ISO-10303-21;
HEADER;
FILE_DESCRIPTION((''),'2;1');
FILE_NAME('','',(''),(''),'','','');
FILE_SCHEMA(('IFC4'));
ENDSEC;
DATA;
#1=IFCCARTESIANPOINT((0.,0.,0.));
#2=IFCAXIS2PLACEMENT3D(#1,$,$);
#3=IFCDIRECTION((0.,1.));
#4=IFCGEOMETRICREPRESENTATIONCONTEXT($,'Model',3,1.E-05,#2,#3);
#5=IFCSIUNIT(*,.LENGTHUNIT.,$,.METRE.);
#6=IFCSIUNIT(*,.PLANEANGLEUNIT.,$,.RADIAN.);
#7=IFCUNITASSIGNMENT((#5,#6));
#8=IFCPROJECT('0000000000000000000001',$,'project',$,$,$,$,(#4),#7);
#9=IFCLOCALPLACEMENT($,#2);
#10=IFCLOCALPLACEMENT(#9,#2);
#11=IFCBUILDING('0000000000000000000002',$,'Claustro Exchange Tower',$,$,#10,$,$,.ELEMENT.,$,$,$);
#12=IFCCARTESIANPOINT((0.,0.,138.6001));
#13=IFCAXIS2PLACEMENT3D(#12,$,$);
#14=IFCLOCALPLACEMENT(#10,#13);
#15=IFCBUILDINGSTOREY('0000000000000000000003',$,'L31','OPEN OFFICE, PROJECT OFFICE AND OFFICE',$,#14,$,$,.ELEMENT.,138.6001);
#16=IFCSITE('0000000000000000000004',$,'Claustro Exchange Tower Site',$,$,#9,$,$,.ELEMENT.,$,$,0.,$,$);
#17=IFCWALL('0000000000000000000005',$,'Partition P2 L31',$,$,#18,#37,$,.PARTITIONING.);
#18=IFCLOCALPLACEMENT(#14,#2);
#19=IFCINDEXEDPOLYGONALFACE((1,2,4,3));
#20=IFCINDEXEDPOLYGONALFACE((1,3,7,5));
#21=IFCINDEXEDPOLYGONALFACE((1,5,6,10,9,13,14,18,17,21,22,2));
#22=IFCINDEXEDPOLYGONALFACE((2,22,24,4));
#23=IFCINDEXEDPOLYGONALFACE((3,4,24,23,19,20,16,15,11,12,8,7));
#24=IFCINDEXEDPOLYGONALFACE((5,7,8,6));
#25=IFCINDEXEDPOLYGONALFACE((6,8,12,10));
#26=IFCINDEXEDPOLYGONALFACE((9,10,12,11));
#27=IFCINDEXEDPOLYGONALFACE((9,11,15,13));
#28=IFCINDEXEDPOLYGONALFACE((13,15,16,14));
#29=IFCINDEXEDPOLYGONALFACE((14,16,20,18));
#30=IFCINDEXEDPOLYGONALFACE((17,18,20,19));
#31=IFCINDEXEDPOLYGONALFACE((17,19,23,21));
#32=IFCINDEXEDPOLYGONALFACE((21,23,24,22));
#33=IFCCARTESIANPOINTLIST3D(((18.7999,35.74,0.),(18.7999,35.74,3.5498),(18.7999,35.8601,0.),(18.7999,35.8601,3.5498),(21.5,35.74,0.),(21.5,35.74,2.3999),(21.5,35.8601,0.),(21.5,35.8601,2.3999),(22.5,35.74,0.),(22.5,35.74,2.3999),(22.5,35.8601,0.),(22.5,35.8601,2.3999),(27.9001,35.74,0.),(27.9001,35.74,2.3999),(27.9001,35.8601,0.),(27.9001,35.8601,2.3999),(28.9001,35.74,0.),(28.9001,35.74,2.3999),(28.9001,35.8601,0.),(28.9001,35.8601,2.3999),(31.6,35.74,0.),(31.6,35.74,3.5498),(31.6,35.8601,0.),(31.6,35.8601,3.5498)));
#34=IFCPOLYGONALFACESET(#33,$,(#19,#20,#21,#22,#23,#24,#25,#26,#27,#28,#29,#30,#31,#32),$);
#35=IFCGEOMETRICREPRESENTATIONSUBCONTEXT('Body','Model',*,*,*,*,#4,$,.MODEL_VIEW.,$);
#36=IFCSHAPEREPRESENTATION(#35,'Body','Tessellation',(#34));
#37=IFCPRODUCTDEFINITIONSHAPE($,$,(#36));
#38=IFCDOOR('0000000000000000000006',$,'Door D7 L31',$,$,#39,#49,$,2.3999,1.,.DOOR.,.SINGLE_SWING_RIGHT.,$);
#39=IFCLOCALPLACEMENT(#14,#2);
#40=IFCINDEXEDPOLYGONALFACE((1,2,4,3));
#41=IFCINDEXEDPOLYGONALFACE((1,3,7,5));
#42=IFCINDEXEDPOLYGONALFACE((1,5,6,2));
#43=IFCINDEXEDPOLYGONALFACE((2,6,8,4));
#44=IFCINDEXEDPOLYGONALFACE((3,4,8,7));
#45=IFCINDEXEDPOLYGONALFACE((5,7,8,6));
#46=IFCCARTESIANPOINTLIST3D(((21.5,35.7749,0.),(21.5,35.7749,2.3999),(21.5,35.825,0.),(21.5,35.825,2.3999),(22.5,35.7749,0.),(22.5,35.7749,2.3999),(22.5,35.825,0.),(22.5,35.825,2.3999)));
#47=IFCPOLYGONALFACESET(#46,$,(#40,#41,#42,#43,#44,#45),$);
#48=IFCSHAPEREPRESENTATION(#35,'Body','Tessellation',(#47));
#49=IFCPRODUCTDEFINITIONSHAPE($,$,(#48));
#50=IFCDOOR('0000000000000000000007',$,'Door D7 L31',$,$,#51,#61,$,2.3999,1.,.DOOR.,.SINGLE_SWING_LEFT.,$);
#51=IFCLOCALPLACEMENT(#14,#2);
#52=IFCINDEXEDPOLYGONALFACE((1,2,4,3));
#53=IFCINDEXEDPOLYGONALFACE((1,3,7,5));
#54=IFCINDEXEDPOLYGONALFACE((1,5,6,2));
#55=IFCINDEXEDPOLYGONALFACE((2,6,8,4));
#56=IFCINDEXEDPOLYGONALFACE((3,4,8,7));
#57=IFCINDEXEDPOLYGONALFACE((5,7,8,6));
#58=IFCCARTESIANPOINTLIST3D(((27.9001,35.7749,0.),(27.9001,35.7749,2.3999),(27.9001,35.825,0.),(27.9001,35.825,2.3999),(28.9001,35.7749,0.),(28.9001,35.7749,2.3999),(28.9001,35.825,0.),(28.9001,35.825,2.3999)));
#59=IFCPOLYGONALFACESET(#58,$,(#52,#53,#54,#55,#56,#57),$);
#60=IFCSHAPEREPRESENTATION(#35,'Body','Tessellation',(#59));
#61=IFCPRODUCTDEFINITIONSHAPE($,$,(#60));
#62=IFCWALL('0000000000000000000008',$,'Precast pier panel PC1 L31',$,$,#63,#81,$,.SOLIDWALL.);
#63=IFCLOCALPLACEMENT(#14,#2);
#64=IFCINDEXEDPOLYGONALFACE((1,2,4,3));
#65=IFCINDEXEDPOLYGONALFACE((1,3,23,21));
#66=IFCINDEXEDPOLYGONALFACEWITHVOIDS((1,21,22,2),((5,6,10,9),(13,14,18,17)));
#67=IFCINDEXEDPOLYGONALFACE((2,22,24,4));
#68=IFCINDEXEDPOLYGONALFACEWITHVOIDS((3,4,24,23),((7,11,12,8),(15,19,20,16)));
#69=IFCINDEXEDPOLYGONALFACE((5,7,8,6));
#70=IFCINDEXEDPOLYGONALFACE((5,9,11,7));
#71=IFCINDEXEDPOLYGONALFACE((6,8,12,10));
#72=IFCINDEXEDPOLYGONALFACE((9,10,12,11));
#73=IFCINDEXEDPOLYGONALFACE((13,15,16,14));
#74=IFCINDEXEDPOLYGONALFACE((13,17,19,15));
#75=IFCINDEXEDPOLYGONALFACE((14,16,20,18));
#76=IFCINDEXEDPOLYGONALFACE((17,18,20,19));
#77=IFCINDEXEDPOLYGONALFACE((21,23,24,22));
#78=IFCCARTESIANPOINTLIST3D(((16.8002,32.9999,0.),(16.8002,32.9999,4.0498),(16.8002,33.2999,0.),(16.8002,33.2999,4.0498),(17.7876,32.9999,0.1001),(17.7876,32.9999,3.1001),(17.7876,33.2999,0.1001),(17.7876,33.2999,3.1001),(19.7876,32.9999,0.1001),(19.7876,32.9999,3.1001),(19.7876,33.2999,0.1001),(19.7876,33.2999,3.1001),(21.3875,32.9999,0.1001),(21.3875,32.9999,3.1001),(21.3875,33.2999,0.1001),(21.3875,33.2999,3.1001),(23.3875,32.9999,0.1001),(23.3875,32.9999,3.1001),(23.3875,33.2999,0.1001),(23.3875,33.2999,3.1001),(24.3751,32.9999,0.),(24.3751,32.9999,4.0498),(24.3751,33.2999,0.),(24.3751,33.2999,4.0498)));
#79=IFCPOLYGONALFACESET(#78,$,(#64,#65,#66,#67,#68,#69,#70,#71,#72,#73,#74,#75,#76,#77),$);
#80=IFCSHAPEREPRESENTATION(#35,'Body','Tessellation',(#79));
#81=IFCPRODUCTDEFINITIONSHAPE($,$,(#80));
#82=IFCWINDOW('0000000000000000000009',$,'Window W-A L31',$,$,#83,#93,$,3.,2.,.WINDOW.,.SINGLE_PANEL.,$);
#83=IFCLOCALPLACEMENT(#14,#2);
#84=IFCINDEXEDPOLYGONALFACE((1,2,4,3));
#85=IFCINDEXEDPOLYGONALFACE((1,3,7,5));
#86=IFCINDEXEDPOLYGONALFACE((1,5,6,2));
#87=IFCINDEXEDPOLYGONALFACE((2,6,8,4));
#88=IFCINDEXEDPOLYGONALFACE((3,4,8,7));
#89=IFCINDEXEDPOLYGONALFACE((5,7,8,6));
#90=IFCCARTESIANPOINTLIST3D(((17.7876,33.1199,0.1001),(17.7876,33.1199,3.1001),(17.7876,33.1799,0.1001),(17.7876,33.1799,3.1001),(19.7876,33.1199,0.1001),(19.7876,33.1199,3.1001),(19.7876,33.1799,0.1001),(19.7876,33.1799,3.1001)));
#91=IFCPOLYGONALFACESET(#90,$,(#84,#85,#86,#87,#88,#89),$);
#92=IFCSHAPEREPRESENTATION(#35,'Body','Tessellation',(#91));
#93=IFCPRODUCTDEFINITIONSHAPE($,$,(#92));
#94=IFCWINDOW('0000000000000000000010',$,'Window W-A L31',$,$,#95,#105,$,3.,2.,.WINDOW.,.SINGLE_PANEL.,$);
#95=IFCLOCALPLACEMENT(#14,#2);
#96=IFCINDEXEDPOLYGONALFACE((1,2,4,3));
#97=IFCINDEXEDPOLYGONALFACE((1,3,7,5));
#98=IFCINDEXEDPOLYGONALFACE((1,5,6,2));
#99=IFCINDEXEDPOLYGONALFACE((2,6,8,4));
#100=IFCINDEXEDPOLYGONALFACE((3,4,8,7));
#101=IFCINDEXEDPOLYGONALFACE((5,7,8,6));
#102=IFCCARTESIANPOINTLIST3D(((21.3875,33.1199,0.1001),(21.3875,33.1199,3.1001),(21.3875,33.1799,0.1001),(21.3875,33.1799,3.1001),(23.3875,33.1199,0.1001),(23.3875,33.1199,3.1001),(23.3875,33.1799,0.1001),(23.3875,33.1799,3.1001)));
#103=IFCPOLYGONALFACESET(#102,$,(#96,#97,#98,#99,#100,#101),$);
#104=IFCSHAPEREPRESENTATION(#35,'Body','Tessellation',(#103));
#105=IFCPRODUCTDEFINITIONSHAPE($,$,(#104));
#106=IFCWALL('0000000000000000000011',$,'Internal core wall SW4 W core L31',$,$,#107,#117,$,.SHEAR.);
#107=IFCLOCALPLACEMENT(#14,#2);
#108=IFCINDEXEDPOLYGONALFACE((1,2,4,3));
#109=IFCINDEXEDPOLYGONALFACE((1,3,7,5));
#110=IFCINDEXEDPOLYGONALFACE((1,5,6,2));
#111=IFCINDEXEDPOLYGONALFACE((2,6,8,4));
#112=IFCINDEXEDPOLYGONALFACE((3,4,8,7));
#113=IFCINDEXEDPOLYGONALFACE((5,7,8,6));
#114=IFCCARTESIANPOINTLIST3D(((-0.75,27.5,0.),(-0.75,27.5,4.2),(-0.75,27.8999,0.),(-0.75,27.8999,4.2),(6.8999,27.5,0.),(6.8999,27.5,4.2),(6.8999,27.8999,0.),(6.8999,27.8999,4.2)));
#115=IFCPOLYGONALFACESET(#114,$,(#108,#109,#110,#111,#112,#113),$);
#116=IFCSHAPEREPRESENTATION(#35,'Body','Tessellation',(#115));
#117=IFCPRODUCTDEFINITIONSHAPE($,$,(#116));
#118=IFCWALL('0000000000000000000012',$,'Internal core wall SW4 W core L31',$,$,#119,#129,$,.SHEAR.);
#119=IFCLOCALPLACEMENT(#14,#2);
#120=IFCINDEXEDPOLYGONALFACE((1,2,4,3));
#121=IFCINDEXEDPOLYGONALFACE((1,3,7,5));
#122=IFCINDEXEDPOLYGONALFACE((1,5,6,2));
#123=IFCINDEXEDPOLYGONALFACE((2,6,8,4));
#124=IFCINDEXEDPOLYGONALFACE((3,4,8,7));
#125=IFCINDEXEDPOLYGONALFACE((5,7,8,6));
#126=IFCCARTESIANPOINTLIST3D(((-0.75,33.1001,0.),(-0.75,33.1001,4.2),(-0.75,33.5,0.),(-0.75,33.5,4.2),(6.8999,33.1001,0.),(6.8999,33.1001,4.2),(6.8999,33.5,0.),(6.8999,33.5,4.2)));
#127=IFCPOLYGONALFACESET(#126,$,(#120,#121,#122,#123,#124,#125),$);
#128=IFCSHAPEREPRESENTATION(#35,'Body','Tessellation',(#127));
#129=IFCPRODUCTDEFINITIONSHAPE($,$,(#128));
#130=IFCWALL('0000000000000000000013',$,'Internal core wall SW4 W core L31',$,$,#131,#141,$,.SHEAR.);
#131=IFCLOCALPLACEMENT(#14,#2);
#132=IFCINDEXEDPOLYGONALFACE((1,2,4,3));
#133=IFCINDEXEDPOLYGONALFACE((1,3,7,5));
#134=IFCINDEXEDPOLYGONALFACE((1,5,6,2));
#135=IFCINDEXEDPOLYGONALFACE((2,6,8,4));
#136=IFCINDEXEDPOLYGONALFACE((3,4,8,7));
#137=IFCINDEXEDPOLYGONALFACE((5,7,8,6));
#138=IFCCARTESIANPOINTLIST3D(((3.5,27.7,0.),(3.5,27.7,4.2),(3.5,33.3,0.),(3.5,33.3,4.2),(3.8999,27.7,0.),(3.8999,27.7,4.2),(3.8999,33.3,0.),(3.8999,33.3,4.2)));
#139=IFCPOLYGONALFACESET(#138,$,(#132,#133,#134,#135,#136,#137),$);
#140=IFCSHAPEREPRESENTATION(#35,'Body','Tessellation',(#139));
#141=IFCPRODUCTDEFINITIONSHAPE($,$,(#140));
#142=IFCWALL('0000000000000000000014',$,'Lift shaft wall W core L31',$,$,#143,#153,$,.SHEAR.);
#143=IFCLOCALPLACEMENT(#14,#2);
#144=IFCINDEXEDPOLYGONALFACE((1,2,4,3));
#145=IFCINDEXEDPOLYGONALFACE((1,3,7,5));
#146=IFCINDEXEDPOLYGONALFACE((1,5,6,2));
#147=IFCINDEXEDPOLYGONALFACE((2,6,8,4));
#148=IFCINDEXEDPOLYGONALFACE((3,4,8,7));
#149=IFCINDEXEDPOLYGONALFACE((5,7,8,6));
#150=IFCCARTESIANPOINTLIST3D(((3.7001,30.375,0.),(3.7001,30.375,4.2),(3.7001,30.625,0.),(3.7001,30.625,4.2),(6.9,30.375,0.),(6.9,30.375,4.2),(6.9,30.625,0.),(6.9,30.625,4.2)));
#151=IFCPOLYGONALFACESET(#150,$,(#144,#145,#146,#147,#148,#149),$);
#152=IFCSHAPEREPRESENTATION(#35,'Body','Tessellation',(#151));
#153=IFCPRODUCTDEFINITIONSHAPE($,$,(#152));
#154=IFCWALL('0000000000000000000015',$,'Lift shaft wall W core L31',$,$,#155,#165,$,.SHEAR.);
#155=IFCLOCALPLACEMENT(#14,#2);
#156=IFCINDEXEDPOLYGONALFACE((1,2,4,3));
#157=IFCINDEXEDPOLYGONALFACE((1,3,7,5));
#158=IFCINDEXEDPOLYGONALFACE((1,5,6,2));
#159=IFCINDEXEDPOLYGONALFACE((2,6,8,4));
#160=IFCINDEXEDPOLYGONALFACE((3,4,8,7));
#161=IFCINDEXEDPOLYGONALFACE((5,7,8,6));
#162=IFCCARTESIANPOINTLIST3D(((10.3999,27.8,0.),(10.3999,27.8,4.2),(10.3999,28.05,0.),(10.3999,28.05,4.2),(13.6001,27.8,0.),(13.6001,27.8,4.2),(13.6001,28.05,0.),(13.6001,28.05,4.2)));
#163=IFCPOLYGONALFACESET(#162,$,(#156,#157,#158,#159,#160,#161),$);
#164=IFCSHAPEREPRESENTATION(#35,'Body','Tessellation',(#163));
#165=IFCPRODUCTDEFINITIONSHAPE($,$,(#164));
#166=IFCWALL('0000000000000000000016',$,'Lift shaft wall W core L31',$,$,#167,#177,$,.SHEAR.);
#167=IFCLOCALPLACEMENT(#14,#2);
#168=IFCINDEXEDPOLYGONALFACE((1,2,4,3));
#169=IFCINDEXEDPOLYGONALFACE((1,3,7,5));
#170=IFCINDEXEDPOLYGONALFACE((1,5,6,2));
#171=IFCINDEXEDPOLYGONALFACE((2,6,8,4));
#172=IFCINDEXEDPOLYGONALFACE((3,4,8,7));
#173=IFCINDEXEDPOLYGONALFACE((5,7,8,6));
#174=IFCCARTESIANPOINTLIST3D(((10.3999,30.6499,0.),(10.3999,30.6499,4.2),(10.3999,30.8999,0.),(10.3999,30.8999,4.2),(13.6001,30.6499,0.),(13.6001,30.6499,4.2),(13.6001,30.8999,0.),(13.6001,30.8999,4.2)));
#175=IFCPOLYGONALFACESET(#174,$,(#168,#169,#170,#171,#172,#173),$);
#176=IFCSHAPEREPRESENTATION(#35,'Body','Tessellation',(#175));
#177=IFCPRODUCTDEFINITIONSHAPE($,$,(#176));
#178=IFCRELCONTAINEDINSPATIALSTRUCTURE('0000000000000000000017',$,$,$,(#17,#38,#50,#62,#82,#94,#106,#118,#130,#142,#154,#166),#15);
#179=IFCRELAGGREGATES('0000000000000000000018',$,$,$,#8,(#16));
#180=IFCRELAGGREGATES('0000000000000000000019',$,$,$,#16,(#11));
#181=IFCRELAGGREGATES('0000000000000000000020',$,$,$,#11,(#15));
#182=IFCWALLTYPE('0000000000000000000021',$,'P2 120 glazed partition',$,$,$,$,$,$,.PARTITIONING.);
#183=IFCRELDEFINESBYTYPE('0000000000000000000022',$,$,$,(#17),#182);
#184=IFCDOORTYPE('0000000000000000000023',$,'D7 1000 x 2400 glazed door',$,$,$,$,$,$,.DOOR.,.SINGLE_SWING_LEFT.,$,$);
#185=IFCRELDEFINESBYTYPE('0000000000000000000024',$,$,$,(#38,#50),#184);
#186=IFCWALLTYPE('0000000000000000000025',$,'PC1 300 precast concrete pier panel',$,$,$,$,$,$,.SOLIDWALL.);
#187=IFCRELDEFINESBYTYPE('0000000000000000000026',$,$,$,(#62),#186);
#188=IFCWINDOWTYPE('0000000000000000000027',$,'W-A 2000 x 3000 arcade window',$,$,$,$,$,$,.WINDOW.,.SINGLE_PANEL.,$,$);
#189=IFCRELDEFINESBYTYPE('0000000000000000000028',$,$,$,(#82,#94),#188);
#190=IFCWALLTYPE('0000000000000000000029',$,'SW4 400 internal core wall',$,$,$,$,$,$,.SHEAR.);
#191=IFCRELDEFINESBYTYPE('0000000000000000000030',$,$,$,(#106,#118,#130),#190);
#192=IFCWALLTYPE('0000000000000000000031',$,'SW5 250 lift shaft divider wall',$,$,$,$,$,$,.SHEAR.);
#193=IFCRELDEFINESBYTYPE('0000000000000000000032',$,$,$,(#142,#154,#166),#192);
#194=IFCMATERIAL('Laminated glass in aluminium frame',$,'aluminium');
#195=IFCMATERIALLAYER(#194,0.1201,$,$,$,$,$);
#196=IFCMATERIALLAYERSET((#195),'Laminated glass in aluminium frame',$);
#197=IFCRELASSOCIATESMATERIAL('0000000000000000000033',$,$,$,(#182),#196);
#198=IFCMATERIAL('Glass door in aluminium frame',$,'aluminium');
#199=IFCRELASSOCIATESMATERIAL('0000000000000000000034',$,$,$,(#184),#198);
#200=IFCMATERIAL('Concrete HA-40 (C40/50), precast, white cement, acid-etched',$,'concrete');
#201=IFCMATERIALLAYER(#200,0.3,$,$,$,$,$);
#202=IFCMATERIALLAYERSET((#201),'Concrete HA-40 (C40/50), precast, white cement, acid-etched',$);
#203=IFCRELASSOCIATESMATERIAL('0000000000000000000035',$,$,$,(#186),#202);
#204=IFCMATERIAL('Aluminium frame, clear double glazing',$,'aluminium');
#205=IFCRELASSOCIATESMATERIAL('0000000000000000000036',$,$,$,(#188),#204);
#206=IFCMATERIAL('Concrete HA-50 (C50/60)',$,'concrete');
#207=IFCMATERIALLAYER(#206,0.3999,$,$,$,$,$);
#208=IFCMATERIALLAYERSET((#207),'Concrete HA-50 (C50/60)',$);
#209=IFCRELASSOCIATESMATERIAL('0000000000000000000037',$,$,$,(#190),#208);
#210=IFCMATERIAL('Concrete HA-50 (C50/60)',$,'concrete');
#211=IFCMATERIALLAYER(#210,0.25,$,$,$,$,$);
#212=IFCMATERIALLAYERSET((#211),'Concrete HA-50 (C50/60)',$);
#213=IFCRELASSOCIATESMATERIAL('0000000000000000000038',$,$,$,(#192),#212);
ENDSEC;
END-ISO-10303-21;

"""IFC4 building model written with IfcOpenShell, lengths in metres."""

from ifc_helpers import new_model, si_unit, direction, frame, frame_2d, origin, place, context, subcontext, project, spatial, rectangle, extrude, material, layer, layer_set, type_object, element, fill, save


model = new_model("IFC4")

# Units and contexts
model_context = context("Model", 3, precision=1e-05, world=origin(), true_north=direction((0.0, 1.0)))
body_context = subcontext(model_context, "Body", "Model", "MODEL_VIEW")
ifc_project = project(units=[si_unit("LENGTHUNIT", "METRE"), si_unit("PLANEANGLEUNIT", "RADIAN")], contexts=[model_context])

# Site, building, storey
site_placement = place(None, origin())
site = spatial("IfcSite", under=ifc_project, at=site_placement, Name="Claustro Exchange Tower Site", CompositionType="ELEMENT", RefElevation=0.0)
building_placement = place(site_placement, origin())
building = spatial("IfcBuilding", under=site, at=building_placement, Name="Claustro Exchange Tower", CompositionType="ELEMENT")
storey_placement = place(building_placement, frame((0.0, 0.0, 138.6001)))
storey = spatial("IfcBuildingStorey", under=building, at=storey_placement, Name="L31", Description="OPEN OFFICE, PROJECT OFFICE AND OFFICE", CompositionType="ELEMENT", Elevation=138.6001)

# Shared definitions
ifc_material_1 = material(Name="Laminated glass in aluminium frame", Category="aluminium")
ifc_layer_1 = layer(ifc_material_1, 0.1201)
ifc_layer_set_1 = layer_set([ifc_layer_1], Name="Laminated glass in aluminium frame")
wall_type_1 = type_object("IfcWallType", Name="P2 120 glazed partition", PredefinedType="PARTITIONING", material=ifc_layer_set_1)

# Wall, openings, doors
wall_1_placement = place(storey_placement, frame((18.8, 35.8, 0.0), z_axis=(0.0, 0.0, 1.0), x_axis=(1.0, 0.0, 0.0)))
wall_1 = element("IfcWall", 1, at=wall_1_placement, inside=storey, type_object=wall_type_1, Name="Partition P2 L31", PredefinedType="PARTITIONING", context=body_context, shape_type="SweptSolid", body=[
    extrude(rectangle(XDim=12.8, YDim=0.1201, at=frame_2d((6.3999, 0.0))), origin(), (0.0, 0.0, 1.0), 3.5498),
])
opening_1_placement = place(wall_1_placement, frame((2.7, 0.0, 0.0)))
opening_1 = element("IfcOpeningElement", 2, at=opening_1_placement, cuts=wall_1, PredefinedType="OPENING", context=body_context, shape_type="SweptSolid", body=[
    extrude(rectangle(XDim=1.0, YDim=2.3999, at=frame_2d((0.5, 1.2))), frame((0.0, 0.0701, 0.0), z_axis=(0.0, -1.0, 0.0), x_axis=(1.0, 0.0, 0.0)), (0.0, 0.0, 1.0), 0.1401),
])
opening_2_placement = place(wall_1_placement, frame((9.1001, 0.0, 0.0)))
opening_2 = element("IfcOpeningElement", 3, at=opening_2_placement, cuts=wall_1, PredefinedType="OPENING", context=body_context, shape_type="SweptSolid", body=[
    extrude(rectangle(XDim=1.0, YDim=2.3999, at=frame_2d((0.5, 1.2))), frame((0.0, 0.0701, 0.0), z_axis=(0.0, -1.0, 0.0), x_axis=(1.0, 0.0, 0.0)), (0.0, 0.0, 1.0), 0.1401),
])
ifc_material_2 = material(Name="Glass door in aluminium frame", Category="aluminium")
door_type_1 = type_object("IfcDoorType", Name="D7 1000 x 2400 glazed door", OperationType="SINGLE_SWING_LEFT", PredefinedType="DOOR", material=ifc_material_2)
door_1_placement = place(opening_1_placement, origin())
door_1 = element("IfcDoor", 4, at=door_1_placement, inside=storey, type_object=door_type_1, Name="Door D7 L31", OperationType="SINGLE_SWING_RIGHT", OverallHeight=2.3999, OverallWidth=1.0, PredefinedType="DOOR", context=body_context, shape_type="SweptSolid", body=[
    extrude(rectangle(XDim=1.0, YDim=2.3999, at=frame_2d((0.5, 1.2))), frame((0.0, 0.0249, 0.0), z_axis=(0.0, -1.0, 0.0), x_axis=(1.0, 0.0, 0.0)), (0.0, 0.0, 1.0), 0.05),
])
fill(opening_1, door_1)
door_2_placement = place(opening_2_placement, origin())
door_2 = element("IfcDoor", 5, at=door_2_placement, inside=storey, type_object=door_type_1, Name="Door D7 L31", OperationType="SINGLE_SWING_LEFT", OverallHeight=2.3999, OverallWidth=1.0, PredefinedType="DOOR", context=body_context, shape_type="SweptSolid", body=[
    extrude(rectangle(XDim=1.0, YDim=2.3999, at=frame_2d((0.5, 1.2))), frame((0.0, 0.0249, 0.0), z_axis=(0.0, -1.0, 0.0), x_axis=(1.0, 0.0, 0.0)), (0.0, 0.0, 1.0), 0.05),
])
fill(opening_2, door_2)

# Wall, openings, windows
ifc_material_3 = material(Name="Concrete HA-40 (C40/50), precast, white cement, acid-etched", Category="concrete")
ifc_layer_2 = layer(ifc_material_3, 0.3)
ifc_layer_set_2 = layer_set([ifc_layer_2], Name="Concrete HA-40 (C40/50), precast, white cement, acid-etched")
wall_type_2 = type_object("IfcWallType", Name="PC1 300 precast concrete pier panel", PredefinedType="SOLIDWALL", material=ifc_layer_set_2)
wall_2_placement = place(storey_placement, frame((16.8, 33.1499, 0.0), z_axis=(0.0, 0.0, 1.0), x_axis=(1.0, 0.0, 0.0)))
wall_2 = element("IfcWall", 6, at=wall_2_placement, inside=storey, type_object=wall_type_2, Name="Precast pier panel PC1 L31", PredefinedType="SOLIDWALL", context=body_context, shape_type="SweptSolid", body=[
    extrude(rectangle(XDim=7.575, YDim=0.3, at=frame_2d((3.7876, 0.0))), origin(), (0.0, 0.0, 1.0), 4.0498),
])
opening_3_placement = place(wall_2_placement, frame((0.9875, 0.0, 0.1001)))
opening_3 = element("IfcOpeningElement", 7, at=opening_3_placement, cuts=wall_2, PredefinedType="OPENING", context=body_context, shape_type="SweptSolid", body=[
    extrude(rectangle(XDim=2.0, YDim=3.0, at=frame_2d((1.0, 1.5))), frame((0.0, 0.1599, 0.0), z_axis=(0.0, -1.0, 0.0), x_axis=(1.0, 0.0, 0.0)), (0.0, 0.0, 1.0), 0.3201),
])
opening_4_placement = place(wall_2_placement, frame((4.5874, 0.0, 0.1001)))
opening_4 = element("IfcOpeningElement", 8, at=opening_4_placement, cuts=wall_2, PredefinedType="OPENING", context=body_context, shape_type="SweptSolid", body=[
    extrude(rectangle(XDim=2.0, YDim=3.0, at=frame_2d((1.0, 1.5))), frame((0.0, 0.1599, 0.0), z_axis=(0.0, -1.0, 0.0), x_axis=(1.0, 0.0, 0.0)), (0.0, 0.0, 1.0), 0.3201),
])
ifc_material_4 = material(Name="Aluminium frame, clear double glazing", Category="aluminium")
window_type = type_object("IfcWindowType", Name="W-A 2000 x 3000 arcade window", PartitioningType="SINGLE_PANEL", PredefinedType="WINDOW", material=ifc_material_4)
window_1_placement = place(opening_3_placement, origin())
window_1 = element("IfcWindow", 9, at=window_1_placement, inside=storey, type_object=window_type, Name="Window W-A L31", OverallHeight=3.0, OverallWidth=2.0, PartitioningType="SINGLE_PANEL", PredefinedType="WINDOW", context=body_context, shape_type="SweptSolid", body=[
    extrude(rectangle(XDim=2.0, YDim=3.0, at=frame_2d((1.0, 1.5))), frame((0.0, 0.03, 0.0), z_axis=(0.0, -1.0, 0.0), x_axis=(1.0, 0.0, 0.0)), (0.0, 0.0, 1.0), 0.0601),
])
fill(opening_3, window_1)
window_2_placement = place(opening_4_placement, origin())
window_2 = element("IfcWindow", 10, at=window_2_placement, inside=storey, type_object=window_type, Name="Window W-A L31", OverallHeight=3.0, OverallWidth=2.0, PartitioningType="SINGLE_PANEL", PredefinedType="WINDOW", context=body_context, shape_type="SweptSolid", body=[
    extrude(rectangle(XDim=2.0, YDim=3.0, at=frame_2d((1.0, 1.5))), frame((0.0, 0.03, 0.0), z_axis=(0.0, -1.0, 0.0), x_axis=(1.0, 0.0, 0.0)), (0.0, 0.0, 1.0), 0.0601),
])
fill(opening_4, window_2)

# Walls
ifc_material_5 = material(Name="Concrete HA-50 (C50/60)", Category="concrete")
ifc_layer_3 = layer(ifc_material_5, 0.3999)
ifc_layer_set_3 = layer_set([ifc_layer_3], Name="Concrete HA-50 (C50/60)")
wall_type_3 = type_object("IfcWallType", Name="SW4 400 internal core wall", PredefinedType="SHEAR", material=ifc_layer_set_3)
for number, where, z_axis, x_axis, name in (
    (11, (-0.75, 27.7, 0.0), (0.0, 0.0, 1.0), (1.0, 0.0, 0.0), "Internal core wall SW4 W core L31"),
    (12, (-0.75, 33.3, 0.0), (0.0, 0.0, 1.0), (1.0, 0.0, 0.0), "Internal core wall SW4 W core L31"),
):
    element("IfcWall", number, at=place(storey_placement, frame(where, z_axis=z_axis, x_axis=x_axis)), inside=storey, type_object=wall_type_3, Name=name, PredefinedType="SHEAR", context=body_context, shape_type="SweptSolid", body=[
        extrude(rectangle(XDim=7.6499, YDim=0.3999, at=frame_2d((3.825, 0.0))), origin(), (0.0, 0.0, 1.0), 4.2),
    ])
wall_3_placement = place(storey_placement, frame((3.7, 27.7, 0.0), z_axis=(0.0, 0.0, 1.0), x_axis=(0.0, 1.0, 0.0)))
element("IfcWall", 13, at=wall_3_placement, inside=storey, type_object=wall_type_3, Name="Internal core wall SW4 W core L31", PredefinedType="SHEAR", context=body_context, shape_type="SweptSolid", body=[
    extrude(rectangle(XDim=5.6001, YDim=0.3999, at=frame_2d((2.8, 0.0))), origin(), (0.0, 0.0, 1.0), 4.2),
])
ifc_material_6 = material(Name="Concrete HA-50 (C50/60)", Category="concrete")
ifc_layer_4 = layer(ifc_material_6, 0.25)
ifc_layer_set_4 = layer_set([ifc_layer_4], Name="Concrete HA-50 (C50/60)")
wall_type_4 = type_object("IfcWallType", Name="SW5 250 lift shaft divider wall", PredefinedType="SHEAR", material=ifc_layer_set_4)
wall_4_placement = place(storey_placement, frame((3.7, 30.5, 0.0), z_axis=(0.0, 0.0, 1.0), x_axis=(1.0, 0.0, 0.0)))
element("IfcWall", 14, at=wall_4_placement, inside=storey, type_object=wall_type_4, Name="Lift shaft wall W core L31", PredefinedType="SHEAR", context=body_context, shape_type="SweptSolid", body=[
    extrude(rectangle(XDim=3.2, YDim=0.25, at=frame_2d((1.6001, 0.0))), origin(), (0.0, 0.0, 1.0), 4.2),
])
for number, where, z_axis, x_axis, name in (
    (15, (10.3999, 27.925, 0.0), (0.0, 0.0, 1.0), (1.0, 0.0, 0.0), "Lift shaft wall W core L31"),
    (16, (10.3999, 30.7749, 0.0), (0.0, 0.0, 1.0), (1.0, 0.0, 0.0), "Lift shaft wall W core L31"),
):
    element("IfcWall", number, at=place(storey_placement, frame(where, z_axis=z_axis, x_axis=x_axis)), inside=storey, type_object=wall_type_4, Name=name, PredefinedType="SHEAR", context=body_context, shape_type="SweptSolid", body=[
        extrude(rectangle(XDim=3.2002, YDim=0.25, at=frame_2d((1.6001, 0.0))), origin(), (0.0, 0.0, 1.0), 4.2),
    ])

save(model, "model.ifc")
